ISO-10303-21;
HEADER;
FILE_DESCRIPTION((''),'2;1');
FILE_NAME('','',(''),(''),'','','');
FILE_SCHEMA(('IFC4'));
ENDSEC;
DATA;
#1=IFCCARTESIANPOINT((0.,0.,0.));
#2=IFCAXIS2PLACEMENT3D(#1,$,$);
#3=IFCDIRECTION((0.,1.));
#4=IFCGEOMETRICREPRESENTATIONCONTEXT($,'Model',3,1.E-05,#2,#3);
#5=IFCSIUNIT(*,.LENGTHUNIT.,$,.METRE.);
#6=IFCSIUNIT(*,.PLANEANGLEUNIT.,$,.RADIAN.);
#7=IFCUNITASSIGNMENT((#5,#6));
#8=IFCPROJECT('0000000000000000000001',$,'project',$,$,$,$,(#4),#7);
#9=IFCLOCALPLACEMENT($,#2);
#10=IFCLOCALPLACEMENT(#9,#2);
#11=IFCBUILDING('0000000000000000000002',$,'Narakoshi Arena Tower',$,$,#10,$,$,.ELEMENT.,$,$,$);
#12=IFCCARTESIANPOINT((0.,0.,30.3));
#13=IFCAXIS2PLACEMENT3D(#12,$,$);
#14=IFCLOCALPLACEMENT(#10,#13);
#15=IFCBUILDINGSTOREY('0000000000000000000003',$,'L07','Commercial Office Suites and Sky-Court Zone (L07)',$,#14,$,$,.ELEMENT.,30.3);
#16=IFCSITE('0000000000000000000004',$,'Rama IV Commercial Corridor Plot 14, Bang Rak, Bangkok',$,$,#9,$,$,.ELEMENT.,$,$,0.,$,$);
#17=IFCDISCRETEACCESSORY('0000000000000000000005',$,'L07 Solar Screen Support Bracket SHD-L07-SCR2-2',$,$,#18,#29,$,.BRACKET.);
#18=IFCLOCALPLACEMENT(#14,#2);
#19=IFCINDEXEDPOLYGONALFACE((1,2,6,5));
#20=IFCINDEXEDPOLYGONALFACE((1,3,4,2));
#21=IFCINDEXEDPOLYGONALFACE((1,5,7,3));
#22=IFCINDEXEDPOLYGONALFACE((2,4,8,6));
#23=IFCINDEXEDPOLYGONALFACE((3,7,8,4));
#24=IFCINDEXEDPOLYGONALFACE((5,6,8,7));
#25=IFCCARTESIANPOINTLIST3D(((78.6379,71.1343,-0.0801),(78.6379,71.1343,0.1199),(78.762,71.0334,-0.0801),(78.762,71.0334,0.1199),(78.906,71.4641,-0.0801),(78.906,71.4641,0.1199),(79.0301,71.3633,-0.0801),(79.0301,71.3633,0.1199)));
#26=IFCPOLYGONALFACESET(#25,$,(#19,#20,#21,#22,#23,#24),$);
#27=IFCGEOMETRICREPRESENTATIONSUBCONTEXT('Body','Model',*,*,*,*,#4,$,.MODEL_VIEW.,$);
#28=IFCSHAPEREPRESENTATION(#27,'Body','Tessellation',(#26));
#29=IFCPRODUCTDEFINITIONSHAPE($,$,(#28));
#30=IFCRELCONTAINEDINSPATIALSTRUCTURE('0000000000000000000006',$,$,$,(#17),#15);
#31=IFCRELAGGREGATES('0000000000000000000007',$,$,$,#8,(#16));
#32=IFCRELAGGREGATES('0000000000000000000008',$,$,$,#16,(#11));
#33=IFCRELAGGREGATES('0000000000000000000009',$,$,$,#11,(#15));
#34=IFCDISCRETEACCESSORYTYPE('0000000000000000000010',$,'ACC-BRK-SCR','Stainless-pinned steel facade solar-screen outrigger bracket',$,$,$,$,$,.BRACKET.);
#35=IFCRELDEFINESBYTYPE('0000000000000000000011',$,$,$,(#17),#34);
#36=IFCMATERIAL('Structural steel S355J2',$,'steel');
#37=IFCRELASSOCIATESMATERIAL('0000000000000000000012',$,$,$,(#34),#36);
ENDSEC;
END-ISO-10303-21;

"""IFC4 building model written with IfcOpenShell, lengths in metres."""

from ifc_helpers import new_model, si_unit, direction, frame, origin, origin_2d, place, context, subcontext, project, spatial, rectangle, extrude, material, type_object, element, save


model = new_model("IFC4")

# Units and contexts
model_context = context("Model", 3, precision=1e-05, world=origin(), true_north=direction((0.0, 1.0)))
body_context = subcontext(model_context, "Body", "Model", "MODEL_VIEW")
ifc_project = project(units=[si_unit("LENGTHUNIT", "METRE"), si_unit("PLANEANGLEUNIT", "RADIAN")], contexts=[model_context])

# Site, building, storey
site_placement = place(None, origin())
site = spatial("IfcSite", under=ifc_project, at=site_placement, Name="Rama IV Commercial Corridor Plot 14, Bang Rak, Bangkok", CompositionType="ELEMENT", RefElevation=0.0)
building_placement = place(site_placement, origin())
building = spatial("IfcBuilding", under=site, at=building_placement, Name="Narakoshi Arena Tower", CompositionType="ELEMENT")
storey_placement = place(building_placement, frame((0.0, 0.0, 30.3)))
storey = spatial("IfcBuildingStorey", under=building, at=storey_placement, Name="L07", Description="Commercial Office Suites and Sky-Court Zone (L07)", CompositionType="ELEMENT", Elevation=30.3)

# Shared definitions
ifc_material_1 = material(Name="Structural steel S355J2", Category="steel")

# Discrete accessory
discrete_accessory_type = type_object("IfcDiscreteAccessoryType", Name="ACC-BRK-SCR", Description="Stainless-pinned steel facade solar-screen outrigger bracket", PredefinedType="BRACKET", material=ifc_material_1)
discrete_accessory_placement = place(storey_placement, frame((78.834, 71.2488, -0.0801), z_axis=(0.0, 0.0, 1.0), x_axis=(-0.776002, 0.63073, 0.0)))
element("IfcDiscreteAccessory", 1, at=discrete_accessory_placement, inside=storey, type_object=discrete_accessory_type, Name="L07 Solar Screen Support Bracket SHD-L07-SCR2-2", PredefinedType="BRACKET", context=body_context, shape_type="SweptSolid", body=[
    extrude(rectangle(XDim=0.1599, YDim=0.425, at=origin_2d()), origin(), (0.0, 0.0, 1.0), 0.2),
])

save(model, "model.ifc")
